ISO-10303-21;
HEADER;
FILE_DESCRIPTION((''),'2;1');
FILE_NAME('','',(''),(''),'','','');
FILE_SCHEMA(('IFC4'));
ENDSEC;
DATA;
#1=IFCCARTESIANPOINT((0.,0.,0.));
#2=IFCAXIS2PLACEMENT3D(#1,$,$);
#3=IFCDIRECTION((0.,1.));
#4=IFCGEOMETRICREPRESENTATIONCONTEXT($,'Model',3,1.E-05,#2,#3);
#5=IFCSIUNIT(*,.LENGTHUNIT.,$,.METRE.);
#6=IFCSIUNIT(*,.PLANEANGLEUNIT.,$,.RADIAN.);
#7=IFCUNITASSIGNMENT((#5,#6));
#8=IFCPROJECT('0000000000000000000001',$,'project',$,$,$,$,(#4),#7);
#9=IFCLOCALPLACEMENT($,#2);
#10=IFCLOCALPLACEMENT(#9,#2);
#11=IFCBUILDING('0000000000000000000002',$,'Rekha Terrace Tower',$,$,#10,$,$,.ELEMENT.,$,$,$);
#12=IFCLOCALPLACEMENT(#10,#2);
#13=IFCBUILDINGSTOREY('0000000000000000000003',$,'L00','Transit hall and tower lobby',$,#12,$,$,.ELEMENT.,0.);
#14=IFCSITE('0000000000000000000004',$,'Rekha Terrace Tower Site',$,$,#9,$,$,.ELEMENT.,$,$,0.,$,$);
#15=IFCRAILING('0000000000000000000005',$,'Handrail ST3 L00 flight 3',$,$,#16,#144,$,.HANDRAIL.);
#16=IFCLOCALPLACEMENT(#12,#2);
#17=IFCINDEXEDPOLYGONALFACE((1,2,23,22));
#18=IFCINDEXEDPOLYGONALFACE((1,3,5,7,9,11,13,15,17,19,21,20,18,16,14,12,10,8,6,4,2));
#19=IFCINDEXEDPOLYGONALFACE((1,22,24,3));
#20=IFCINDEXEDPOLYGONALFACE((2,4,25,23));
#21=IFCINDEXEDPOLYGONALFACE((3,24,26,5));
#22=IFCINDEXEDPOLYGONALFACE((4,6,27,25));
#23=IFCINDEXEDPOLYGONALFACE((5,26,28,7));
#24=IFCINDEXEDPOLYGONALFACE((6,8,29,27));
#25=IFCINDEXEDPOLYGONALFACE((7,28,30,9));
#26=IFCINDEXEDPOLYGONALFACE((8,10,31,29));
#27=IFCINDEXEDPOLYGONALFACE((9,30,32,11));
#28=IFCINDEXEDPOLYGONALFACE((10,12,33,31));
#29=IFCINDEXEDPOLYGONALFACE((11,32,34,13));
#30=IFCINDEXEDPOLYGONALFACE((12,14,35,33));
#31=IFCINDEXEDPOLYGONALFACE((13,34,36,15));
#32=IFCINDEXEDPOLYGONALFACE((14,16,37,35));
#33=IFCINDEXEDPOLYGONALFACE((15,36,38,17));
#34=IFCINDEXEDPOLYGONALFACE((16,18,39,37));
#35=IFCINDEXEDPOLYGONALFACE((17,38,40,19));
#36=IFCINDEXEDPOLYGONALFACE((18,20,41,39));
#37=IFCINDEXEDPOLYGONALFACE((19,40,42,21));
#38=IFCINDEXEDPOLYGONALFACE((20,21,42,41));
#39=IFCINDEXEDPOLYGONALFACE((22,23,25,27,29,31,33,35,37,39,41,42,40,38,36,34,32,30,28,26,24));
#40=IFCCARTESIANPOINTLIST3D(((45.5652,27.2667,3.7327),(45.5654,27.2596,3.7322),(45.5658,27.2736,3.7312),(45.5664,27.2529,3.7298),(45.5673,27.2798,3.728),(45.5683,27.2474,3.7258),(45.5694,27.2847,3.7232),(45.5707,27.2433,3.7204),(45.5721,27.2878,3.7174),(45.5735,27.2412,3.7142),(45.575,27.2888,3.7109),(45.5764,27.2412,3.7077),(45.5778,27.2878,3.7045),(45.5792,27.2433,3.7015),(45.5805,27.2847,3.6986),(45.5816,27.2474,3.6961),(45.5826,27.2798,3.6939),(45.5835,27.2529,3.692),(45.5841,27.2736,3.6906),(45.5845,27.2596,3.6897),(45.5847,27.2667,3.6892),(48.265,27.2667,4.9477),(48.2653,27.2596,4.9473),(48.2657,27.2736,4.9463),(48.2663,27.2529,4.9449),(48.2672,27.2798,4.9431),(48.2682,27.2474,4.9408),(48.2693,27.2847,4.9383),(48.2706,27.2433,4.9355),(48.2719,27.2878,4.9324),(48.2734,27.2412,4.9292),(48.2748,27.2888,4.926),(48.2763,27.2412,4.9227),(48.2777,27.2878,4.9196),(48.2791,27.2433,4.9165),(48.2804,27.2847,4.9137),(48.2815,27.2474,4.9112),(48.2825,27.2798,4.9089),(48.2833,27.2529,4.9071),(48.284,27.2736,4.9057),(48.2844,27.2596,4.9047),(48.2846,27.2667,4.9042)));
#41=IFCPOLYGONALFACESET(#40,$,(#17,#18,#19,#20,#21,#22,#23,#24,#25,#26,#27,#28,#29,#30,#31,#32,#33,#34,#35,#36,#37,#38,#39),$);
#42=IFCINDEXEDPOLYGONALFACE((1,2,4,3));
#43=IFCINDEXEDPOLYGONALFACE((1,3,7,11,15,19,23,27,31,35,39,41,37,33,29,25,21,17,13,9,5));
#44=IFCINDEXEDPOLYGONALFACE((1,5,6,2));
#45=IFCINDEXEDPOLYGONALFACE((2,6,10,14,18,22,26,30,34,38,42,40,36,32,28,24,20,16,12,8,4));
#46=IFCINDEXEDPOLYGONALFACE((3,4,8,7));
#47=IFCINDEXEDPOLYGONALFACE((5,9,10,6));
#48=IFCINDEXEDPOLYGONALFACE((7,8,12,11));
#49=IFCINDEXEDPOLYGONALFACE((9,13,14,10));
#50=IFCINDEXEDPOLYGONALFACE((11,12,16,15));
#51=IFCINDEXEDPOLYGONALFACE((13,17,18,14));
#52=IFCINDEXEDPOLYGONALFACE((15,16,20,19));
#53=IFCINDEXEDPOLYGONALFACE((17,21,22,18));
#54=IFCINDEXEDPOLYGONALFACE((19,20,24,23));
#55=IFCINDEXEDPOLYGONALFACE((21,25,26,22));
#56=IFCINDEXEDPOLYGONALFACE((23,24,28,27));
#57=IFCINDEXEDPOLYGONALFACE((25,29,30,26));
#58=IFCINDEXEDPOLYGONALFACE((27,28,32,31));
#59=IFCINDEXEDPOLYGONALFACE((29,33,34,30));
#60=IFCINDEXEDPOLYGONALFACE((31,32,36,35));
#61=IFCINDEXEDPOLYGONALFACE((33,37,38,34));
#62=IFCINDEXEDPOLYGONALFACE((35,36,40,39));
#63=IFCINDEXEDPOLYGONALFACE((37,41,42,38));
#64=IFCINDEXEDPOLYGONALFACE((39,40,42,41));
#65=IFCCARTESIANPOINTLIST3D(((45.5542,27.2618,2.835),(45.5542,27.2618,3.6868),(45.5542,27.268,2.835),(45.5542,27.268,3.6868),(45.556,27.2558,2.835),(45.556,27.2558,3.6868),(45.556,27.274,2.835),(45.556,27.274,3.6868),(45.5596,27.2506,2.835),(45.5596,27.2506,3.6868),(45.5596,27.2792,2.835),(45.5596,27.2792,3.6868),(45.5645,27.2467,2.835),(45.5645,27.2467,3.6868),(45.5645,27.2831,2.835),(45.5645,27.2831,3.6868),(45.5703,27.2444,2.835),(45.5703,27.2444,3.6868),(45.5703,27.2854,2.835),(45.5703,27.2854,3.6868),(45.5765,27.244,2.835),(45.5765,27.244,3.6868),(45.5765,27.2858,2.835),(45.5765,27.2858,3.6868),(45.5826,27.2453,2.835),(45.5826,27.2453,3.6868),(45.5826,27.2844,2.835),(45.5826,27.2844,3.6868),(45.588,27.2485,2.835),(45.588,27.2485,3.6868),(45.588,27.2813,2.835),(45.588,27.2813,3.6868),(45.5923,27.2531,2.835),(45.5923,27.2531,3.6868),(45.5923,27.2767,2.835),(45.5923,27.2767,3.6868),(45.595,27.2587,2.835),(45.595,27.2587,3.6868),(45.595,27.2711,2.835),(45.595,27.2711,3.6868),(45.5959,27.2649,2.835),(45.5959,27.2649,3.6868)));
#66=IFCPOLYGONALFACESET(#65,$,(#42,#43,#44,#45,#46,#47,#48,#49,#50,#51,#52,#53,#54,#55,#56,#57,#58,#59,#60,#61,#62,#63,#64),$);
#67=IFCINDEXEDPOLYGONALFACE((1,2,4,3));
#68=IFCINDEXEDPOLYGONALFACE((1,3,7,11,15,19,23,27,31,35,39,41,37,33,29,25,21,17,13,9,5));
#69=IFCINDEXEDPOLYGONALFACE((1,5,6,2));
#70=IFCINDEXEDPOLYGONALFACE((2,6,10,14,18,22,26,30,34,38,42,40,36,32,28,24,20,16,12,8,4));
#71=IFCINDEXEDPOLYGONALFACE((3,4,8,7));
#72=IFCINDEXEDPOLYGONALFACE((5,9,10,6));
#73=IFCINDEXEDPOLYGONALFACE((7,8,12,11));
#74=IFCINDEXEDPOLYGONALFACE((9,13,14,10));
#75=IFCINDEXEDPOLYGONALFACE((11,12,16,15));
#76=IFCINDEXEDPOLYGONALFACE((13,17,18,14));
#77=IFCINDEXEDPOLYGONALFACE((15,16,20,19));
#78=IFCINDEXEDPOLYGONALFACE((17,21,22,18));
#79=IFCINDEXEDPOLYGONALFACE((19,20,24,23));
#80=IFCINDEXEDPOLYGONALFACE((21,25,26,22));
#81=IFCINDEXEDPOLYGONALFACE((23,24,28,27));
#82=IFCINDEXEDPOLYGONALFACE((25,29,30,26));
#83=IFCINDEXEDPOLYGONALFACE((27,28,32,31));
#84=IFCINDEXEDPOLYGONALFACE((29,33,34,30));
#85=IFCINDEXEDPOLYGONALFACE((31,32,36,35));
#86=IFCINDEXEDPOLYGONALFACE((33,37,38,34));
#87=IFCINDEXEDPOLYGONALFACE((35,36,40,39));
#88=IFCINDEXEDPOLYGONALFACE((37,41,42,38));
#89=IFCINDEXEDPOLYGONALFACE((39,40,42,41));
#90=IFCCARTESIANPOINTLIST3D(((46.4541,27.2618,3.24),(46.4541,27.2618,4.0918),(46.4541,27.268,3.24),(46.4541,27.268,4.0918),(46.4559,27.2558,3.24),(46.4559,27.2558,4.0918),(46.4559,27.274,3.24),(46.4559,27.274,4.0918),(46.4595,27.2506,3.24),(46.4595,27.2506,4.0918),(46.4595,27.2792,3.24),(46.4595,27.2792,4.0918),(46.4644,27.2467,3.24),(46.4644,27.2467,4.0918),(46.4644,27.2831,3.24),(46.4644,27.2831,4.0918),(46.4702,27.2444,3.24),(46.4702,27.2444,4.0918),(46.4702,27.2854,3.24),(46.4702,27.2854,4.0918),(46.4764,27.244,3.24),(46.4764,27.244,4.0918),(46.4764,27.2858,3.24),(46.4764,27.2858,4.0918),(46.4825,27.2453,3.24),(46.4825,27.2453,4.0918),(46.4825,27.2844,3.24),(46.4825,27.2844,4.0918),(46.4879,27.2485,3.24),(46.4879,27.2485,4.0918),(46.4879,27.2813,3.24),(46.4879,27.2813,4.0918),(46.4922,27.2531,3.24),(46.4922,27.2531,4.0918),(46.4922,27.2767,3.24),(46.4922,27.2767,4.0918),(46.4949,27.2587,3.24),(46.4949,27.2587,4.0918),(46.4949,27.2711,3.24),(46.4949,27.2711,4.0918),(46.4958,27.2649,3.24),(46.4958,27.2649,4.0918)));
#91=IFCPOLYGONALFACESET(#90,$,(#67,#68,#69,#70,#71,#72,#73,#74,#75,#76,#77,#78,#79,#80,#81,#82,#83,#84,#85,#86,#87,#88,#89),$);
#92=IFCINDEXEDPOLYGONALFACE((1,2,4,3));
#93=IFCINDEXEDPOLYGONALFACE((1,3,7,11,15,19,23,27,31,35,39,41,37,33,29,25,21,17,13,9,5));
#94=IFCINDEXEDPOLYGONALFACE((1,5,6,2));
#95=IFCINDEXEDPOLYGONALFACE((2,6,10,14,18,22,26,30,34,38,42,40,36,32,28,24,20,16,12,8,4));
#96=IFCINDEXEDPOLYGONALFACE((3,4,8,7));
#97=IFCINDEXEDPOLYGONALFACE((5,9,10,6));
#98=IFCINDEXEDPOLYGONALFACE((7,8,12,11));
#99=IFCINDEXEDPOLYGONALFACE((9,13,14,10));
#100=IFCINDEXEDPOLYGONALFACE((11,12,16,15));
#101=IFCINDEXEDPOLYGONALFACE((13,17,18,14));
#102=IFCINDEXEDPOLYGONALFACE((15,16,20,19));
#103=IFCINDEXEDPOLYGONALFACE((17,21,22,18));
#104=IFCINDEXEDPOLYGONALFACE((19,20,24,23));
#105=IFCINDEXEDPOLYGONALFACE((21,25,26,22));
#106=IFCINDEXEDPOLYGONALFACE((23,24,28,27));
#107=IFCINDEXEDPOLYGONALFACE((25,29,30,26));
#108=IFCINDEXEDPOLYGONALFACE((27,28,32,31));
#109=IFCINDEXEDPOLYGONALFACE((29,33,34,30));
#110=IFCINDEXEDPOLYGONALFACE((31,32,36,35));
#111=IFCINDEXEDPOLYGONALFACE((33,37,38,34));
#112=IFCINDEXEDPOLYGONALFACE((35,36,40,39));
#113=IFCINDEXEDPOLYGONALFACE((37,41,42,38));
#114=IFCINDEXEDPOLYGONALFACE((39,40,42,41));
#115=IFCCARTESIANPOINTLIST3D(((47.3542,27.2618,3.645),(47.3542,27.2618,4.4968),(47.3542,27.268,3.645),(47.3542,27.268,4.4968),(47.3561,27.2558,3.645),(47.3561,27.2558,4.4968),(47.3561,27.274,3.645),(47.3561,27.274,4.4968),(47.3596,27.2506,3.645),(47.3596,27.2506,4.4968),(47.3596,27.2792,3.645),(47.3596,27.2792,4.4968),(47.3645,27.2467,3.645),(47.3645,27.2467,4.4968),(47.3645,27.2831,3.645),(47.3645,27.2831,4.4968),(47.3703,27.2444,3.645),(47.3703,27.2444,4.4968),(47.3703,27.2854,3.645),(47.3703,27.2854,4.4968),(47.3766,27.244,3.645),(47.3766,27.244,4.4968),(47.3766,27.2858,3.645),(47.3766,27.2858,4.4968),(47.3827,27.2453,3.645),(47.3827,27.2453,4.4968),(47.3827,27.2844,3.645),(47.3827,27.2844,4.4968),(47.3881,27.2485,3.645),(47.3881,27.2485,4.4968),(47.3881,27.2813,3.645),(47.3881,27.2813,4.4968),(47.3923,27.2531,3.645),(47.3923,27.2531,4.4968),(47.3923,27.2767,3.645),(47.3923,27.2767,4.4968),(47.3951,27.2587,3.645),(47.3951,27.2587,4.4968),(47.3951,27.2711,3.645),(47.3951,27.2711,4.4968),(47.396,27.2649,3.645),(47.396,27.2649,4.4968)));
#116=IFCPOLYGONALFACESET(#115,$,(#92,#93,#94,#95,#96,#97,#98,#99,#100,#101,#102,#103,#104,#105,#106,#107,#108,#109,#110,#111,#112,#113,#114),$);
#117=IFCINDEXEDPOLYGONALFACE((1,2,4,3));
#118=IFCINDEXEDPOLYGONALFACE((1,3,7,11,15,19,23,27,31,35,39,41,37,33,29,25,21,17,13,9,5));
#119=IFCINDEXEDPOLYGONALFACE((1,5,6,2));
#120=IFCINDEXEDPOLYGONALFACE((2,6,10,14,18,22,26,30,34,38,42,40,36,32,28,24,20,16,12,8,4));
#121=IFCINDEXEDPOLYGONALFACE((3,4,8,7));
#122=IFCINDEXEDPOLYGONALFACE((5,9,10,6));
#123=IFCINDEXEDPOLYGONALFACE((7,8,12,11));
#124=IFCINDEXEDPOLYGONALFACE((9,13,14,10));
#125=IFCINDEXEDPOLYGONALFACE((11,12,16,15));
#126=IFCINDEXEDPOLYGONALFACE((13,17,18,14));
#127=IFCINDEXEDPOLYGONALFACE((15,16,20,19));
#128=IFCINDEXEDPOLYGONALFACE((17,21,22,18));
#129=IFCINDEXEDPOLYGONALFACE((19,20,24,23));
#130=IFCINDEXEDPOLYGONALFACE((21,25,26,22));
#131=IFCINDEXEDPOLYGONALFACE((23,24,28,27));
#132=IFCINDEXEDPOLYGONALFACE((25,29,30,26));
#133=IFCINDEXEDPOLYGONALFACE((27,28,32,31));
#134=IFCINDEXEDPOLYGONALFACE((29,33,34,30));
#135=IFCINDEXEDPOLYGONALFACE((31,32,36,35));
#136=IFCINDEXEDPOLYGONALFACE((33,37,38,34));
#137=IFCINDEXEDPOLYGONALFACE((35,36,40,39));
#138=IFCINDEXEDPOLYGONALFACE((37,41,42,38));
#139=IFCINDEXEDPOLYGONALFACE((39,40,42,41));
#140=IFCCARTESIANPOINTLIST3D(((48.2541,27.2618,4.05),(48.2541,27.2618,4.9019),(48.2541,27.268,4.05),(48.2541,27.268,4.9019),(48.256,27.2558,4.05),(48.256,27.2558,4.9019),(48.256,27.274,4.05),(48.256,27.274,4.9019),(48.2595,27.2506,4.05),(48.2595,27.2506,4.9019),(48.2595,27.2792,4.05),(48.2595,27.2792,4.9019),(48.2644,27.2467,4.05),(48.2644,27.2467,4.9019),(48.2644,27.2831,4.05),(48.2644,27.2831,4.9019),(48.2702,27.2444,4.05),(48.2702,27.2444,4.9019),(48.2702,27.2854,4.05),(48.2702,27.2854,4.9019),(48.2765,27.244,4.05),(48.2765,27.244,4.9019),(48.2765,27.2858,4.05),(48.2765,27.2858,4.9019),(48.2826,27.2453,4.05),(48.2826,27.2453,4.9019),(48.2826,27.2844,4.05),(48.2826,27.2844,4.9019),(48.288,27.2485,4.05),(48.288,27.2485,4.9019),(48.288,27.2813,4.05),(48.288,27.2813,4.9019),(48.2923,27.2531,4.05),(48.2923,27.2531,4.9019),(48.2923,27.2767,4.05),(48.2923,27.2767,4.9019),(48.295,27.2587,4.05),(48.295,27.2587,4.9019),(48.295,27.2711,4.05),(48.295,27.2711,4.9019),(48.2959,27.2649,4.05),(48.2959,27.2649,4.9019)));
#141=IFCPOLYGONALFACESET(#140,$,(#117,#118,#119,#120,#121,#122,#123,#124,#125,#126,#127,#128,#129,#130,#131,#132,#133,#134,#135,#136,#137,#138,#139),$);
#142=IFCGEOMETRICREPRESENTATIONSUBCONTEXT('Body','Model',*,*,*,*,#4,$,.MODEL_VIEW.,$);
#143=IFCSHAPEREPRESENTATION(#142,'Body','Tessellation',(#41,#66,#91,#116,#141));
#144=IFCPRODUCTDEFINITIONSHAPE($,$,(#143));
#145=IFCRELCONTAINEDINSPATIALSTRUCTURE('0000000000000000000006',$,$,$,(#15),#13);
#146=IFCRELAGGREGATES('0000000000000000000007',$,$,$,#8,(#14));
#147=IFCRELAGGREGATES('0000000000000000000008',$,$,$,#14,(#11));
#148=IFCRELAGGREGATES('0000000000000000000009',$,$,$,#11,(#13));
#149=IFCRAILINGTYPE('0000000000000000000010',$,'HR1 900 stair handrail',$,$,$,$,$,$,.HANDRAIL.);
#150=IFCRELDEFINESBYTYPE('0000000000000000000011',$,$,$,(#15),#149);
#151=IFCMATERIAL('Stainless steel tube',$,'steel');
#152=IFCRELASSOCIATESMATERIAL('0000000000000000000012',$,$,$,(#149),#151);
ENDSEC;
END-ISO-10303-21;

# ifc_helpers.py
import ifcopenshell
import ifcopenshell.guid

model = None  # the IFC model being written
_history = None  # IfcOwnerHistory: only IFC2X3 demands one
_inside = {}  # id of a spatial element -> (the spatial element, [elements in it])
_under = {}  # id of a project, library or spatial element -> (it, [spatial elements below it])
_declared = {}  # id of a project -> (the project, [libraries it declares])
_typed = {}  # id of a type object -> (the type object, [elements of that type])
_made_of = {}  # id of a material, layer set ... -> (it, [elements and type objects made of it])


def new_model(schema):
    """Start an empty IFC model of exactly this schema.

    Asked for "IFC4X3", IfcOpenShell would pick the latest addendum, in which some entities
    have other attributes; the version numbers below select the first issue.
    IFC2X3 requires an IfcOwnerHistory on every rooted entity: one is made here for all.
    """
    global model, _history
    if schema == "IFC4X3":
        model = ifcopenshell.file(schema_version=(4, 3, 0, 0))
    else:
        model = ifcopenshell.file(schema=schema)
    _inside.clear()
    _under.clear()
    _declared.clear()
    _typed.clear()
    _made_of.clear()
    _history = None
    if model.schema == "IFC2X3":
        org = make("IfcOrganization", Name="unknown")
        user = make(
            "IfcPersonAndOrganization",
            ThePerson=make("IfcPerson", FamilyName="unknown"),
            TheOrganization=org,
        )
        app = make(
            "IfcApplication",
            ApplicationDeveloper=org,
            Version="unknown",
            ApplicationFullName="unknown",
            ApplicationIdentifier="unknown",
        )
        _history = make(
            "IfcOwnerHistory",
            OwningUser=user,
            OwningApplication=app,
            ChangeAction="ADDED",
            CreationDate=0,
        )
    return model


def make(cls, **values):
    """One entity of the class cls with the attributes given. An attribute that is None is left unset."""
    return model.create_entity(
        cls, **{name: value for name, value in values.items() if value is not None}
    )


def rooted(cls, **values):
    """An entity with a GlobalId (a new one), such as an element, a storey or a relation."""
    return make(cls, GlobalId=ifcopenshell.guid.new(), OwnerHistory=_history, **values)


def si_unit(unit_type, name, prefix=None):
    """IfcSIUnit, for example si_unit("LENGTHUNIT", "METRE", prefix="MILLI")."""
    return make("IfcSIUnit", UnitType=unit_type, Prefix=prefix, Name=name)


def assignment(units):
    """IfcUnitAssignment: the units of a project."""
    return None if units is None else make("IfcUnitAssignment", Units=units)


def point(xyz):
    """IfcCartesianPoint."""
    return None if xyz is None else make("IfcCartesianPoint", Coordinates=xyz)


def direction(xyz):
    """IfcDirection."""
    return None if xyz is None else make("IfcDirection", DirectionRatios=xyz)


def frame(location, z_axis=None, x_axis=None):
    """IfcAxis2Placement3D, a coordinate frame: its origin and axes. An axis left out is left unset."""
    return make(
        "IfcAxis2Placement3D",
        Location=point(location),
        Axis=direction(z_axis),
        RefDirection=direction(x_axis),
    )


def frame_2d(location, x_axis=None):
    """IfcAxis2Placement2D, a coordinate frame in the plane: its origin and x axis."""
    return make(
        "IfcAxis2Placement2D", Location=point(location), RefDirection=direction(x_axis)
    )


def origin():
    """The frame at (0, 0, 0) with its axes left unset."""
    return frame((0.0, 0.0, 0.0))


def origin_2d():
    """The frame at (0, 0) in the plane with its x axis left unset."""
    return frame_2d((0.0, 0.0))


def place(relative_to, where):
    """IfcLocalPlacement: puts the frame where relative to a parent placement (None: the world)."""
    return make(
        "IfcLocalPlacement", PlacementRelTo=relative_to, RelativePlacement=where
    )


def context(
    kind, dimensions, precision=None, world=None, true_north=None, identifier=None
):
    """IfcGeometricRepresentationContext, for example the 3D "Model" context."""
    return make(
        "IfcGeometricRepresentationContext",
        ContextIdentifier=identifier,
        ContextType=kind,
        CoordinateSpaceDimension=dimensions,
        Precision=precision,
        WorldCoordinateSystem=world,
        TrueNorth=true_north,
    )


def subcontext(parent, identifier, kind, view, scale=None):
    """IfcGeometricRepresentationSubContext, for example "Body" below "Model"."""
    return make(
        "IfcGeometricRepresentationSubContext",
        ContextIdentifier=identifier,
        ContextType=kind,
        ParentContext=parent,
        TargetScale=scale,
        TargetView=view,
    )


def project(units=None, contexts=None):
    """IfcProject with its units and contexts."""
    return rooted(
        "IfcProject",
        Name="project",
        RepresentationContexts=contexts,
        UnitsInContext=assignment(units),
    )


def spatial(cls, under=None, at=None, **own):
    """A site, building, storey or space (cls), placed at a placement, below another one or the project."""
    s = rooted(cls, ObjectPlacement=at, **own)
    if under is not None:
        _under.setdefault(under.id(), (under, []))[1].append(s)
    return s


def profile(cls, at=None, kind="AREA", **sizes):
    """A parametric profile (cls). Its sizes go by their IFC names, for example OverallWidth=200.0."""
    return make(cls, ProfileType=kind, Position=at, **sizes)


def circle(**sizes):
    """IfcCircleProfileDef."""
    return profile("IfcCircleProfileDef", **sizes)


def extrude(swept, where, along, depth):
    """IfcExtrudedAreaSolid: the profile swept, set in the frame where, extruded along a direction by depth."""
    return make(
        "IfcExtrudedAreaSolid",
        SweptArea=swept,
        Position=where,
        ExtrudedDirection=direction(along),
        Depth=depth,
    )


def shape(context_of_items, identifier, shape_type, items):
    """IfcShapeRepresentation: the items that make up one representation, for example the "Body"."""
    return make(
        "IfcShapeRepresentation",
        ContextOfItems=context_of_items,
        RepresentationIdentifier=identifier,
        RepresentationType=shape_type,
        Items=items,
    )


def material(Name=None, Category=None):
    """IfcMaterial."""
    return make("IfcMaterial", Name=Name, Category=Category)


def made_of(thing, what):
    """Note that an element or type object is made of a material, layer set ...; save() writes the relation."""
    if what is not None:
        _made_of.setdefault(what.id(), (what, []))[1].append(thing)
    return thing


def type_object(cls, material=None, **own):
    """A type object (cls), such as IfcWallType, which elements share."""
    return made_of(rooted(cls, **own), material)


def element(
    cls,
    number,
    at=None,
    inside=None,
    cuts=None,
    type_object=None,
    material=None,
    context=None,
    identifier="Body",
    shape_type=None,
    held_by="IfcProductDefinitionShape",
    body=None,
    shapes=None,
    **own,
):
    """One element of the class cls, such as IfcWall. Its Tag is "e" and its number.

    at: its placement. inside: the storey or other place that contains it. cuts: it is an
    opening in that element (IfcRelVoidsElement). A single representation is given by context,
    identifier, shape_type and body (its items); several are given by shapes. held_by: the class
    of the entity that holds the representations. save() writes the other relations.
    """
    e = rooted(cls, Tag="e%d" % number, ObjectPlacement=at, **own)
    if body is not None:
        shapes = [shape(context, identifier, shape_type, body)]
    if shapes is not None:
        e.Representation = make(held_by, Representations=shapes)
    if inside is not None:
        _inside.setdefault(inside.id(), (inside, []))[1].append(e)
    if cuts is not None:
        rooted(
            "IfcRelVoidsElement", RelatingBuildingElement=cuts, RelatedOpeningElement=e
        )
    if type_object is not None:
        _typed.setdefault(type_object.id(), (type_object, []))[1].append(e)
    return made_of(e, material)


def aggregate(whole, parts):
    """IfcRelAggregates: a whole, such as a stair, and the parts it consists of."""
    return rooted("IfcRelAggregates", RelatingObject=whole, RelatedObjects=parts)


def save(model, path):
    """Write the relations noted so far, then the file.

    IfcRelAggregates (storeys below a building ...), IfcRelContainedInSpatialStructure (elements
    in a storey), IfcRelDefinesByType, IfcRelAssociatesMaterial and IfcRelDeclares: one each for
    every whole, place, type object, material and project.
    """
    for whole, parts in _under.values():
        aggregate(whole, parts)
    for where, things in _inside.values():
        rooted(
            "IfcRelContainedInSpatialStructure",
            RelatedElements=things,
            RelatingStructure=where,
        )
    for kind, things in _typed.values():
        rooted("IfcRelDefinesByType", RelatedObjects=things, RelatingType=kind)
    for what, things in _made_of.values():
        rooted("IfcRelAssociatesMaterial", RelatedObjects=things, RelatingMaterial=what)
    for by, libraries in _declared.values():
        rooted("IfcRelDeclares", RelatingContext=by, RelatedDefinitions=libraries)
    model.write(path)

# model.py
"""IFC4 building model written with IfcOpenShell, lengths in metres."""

from ifc_helpers import new_model, si_unit, direction, frame, origin, origin_2d, place, context, subcontext, project, spatial, circle, extrude, material, type_object, element, save


model = new_model("IFC4")

# Units and contexts
model_context = context("Model", 3, precision=1e-05, world=origin(), true_north=direction((0.0, 1.0)))
body_context = subcontext(model_context, "Body", "Model", "MODEL_VIEW")
ifc_project = project(units=[si_unit("LENGTHUNIT", "METRE"), si_unit("PLANEANGLEUNIT", "RADIAN")], contexts=[model_context])

# Site, building, storey
site_placement = place(None, origin())
site = spatial("IfcSite", under=ifc_project, at=site_placement, Name="Rekha Terrace Tower Site", CompositionType="ELEMENT", RefElevation=0.0)
building_placement = place(site_placement, origin())
building = spatial("IfcBuilding", under=site, at=building_placement, Name="Rekha Terrace Tower", CompositionType="ELEMENT")
storey_placement = place(building_placement, origin())
storey = spatial("IfcBuildingStorey", under=building, at=storey_placement, Name="L00", Description="Transit hall and tower lobby", CompositionType="ELEMENT", Elevation=0.0)

# Railing
ifc_material_1 = material(Name="Stainless steel tube", Category="steel")
railing_type_1 = type_object("IfcRailingType", Name="HR1 900 stair handrail", PredefinedType="HANDRAIL", material=ifc_material_1)
railing_1_placement = place(storey_placement, frame((45.575, 27.2649, 2.835)))
element("IfcRailing", 1, at=railing_1_placement, inside=storey, type_object=railing_type_1, Name="Handrail ST3 L00 flight 3", PredefinedType="HANDRAIL", context=body_context, shape_type="SweptSolid", body=[
    extrude(circle(Radius=0.0239, at=origin_2d()), frame((0.0, 0.0, 0.876), z_axis=(0.911908, 0.0, 0.410396), x_axis=(0.0, 1.0, 0.0)), (0.0, 0.0, 1.0), 2.9607),
    extrude(circle(Radius=0.021, at=origin_2d()), origin(), (0.0, 0.0, 1.0), 0.8518),
    extrude(circle(Radius=0.021, at=origin_2d()), frame((0.8999, 0.0, 0.405)), (0.0, 0.0, 1.0), 0.8518),
    extrude(circle(Radius=0.021, at=origin_2d()), frame((1.8, 0.0, 0.8101)), (0.0, 0.0, 1.0), 0.8518),
    extrude(circle(Radius=0.021, at=origin_2d()), frame((2.7, 0.0, 1.2151)), (0.0, 0.0, 1.0), 0.8518),
])

save(model, "model.ifc")
